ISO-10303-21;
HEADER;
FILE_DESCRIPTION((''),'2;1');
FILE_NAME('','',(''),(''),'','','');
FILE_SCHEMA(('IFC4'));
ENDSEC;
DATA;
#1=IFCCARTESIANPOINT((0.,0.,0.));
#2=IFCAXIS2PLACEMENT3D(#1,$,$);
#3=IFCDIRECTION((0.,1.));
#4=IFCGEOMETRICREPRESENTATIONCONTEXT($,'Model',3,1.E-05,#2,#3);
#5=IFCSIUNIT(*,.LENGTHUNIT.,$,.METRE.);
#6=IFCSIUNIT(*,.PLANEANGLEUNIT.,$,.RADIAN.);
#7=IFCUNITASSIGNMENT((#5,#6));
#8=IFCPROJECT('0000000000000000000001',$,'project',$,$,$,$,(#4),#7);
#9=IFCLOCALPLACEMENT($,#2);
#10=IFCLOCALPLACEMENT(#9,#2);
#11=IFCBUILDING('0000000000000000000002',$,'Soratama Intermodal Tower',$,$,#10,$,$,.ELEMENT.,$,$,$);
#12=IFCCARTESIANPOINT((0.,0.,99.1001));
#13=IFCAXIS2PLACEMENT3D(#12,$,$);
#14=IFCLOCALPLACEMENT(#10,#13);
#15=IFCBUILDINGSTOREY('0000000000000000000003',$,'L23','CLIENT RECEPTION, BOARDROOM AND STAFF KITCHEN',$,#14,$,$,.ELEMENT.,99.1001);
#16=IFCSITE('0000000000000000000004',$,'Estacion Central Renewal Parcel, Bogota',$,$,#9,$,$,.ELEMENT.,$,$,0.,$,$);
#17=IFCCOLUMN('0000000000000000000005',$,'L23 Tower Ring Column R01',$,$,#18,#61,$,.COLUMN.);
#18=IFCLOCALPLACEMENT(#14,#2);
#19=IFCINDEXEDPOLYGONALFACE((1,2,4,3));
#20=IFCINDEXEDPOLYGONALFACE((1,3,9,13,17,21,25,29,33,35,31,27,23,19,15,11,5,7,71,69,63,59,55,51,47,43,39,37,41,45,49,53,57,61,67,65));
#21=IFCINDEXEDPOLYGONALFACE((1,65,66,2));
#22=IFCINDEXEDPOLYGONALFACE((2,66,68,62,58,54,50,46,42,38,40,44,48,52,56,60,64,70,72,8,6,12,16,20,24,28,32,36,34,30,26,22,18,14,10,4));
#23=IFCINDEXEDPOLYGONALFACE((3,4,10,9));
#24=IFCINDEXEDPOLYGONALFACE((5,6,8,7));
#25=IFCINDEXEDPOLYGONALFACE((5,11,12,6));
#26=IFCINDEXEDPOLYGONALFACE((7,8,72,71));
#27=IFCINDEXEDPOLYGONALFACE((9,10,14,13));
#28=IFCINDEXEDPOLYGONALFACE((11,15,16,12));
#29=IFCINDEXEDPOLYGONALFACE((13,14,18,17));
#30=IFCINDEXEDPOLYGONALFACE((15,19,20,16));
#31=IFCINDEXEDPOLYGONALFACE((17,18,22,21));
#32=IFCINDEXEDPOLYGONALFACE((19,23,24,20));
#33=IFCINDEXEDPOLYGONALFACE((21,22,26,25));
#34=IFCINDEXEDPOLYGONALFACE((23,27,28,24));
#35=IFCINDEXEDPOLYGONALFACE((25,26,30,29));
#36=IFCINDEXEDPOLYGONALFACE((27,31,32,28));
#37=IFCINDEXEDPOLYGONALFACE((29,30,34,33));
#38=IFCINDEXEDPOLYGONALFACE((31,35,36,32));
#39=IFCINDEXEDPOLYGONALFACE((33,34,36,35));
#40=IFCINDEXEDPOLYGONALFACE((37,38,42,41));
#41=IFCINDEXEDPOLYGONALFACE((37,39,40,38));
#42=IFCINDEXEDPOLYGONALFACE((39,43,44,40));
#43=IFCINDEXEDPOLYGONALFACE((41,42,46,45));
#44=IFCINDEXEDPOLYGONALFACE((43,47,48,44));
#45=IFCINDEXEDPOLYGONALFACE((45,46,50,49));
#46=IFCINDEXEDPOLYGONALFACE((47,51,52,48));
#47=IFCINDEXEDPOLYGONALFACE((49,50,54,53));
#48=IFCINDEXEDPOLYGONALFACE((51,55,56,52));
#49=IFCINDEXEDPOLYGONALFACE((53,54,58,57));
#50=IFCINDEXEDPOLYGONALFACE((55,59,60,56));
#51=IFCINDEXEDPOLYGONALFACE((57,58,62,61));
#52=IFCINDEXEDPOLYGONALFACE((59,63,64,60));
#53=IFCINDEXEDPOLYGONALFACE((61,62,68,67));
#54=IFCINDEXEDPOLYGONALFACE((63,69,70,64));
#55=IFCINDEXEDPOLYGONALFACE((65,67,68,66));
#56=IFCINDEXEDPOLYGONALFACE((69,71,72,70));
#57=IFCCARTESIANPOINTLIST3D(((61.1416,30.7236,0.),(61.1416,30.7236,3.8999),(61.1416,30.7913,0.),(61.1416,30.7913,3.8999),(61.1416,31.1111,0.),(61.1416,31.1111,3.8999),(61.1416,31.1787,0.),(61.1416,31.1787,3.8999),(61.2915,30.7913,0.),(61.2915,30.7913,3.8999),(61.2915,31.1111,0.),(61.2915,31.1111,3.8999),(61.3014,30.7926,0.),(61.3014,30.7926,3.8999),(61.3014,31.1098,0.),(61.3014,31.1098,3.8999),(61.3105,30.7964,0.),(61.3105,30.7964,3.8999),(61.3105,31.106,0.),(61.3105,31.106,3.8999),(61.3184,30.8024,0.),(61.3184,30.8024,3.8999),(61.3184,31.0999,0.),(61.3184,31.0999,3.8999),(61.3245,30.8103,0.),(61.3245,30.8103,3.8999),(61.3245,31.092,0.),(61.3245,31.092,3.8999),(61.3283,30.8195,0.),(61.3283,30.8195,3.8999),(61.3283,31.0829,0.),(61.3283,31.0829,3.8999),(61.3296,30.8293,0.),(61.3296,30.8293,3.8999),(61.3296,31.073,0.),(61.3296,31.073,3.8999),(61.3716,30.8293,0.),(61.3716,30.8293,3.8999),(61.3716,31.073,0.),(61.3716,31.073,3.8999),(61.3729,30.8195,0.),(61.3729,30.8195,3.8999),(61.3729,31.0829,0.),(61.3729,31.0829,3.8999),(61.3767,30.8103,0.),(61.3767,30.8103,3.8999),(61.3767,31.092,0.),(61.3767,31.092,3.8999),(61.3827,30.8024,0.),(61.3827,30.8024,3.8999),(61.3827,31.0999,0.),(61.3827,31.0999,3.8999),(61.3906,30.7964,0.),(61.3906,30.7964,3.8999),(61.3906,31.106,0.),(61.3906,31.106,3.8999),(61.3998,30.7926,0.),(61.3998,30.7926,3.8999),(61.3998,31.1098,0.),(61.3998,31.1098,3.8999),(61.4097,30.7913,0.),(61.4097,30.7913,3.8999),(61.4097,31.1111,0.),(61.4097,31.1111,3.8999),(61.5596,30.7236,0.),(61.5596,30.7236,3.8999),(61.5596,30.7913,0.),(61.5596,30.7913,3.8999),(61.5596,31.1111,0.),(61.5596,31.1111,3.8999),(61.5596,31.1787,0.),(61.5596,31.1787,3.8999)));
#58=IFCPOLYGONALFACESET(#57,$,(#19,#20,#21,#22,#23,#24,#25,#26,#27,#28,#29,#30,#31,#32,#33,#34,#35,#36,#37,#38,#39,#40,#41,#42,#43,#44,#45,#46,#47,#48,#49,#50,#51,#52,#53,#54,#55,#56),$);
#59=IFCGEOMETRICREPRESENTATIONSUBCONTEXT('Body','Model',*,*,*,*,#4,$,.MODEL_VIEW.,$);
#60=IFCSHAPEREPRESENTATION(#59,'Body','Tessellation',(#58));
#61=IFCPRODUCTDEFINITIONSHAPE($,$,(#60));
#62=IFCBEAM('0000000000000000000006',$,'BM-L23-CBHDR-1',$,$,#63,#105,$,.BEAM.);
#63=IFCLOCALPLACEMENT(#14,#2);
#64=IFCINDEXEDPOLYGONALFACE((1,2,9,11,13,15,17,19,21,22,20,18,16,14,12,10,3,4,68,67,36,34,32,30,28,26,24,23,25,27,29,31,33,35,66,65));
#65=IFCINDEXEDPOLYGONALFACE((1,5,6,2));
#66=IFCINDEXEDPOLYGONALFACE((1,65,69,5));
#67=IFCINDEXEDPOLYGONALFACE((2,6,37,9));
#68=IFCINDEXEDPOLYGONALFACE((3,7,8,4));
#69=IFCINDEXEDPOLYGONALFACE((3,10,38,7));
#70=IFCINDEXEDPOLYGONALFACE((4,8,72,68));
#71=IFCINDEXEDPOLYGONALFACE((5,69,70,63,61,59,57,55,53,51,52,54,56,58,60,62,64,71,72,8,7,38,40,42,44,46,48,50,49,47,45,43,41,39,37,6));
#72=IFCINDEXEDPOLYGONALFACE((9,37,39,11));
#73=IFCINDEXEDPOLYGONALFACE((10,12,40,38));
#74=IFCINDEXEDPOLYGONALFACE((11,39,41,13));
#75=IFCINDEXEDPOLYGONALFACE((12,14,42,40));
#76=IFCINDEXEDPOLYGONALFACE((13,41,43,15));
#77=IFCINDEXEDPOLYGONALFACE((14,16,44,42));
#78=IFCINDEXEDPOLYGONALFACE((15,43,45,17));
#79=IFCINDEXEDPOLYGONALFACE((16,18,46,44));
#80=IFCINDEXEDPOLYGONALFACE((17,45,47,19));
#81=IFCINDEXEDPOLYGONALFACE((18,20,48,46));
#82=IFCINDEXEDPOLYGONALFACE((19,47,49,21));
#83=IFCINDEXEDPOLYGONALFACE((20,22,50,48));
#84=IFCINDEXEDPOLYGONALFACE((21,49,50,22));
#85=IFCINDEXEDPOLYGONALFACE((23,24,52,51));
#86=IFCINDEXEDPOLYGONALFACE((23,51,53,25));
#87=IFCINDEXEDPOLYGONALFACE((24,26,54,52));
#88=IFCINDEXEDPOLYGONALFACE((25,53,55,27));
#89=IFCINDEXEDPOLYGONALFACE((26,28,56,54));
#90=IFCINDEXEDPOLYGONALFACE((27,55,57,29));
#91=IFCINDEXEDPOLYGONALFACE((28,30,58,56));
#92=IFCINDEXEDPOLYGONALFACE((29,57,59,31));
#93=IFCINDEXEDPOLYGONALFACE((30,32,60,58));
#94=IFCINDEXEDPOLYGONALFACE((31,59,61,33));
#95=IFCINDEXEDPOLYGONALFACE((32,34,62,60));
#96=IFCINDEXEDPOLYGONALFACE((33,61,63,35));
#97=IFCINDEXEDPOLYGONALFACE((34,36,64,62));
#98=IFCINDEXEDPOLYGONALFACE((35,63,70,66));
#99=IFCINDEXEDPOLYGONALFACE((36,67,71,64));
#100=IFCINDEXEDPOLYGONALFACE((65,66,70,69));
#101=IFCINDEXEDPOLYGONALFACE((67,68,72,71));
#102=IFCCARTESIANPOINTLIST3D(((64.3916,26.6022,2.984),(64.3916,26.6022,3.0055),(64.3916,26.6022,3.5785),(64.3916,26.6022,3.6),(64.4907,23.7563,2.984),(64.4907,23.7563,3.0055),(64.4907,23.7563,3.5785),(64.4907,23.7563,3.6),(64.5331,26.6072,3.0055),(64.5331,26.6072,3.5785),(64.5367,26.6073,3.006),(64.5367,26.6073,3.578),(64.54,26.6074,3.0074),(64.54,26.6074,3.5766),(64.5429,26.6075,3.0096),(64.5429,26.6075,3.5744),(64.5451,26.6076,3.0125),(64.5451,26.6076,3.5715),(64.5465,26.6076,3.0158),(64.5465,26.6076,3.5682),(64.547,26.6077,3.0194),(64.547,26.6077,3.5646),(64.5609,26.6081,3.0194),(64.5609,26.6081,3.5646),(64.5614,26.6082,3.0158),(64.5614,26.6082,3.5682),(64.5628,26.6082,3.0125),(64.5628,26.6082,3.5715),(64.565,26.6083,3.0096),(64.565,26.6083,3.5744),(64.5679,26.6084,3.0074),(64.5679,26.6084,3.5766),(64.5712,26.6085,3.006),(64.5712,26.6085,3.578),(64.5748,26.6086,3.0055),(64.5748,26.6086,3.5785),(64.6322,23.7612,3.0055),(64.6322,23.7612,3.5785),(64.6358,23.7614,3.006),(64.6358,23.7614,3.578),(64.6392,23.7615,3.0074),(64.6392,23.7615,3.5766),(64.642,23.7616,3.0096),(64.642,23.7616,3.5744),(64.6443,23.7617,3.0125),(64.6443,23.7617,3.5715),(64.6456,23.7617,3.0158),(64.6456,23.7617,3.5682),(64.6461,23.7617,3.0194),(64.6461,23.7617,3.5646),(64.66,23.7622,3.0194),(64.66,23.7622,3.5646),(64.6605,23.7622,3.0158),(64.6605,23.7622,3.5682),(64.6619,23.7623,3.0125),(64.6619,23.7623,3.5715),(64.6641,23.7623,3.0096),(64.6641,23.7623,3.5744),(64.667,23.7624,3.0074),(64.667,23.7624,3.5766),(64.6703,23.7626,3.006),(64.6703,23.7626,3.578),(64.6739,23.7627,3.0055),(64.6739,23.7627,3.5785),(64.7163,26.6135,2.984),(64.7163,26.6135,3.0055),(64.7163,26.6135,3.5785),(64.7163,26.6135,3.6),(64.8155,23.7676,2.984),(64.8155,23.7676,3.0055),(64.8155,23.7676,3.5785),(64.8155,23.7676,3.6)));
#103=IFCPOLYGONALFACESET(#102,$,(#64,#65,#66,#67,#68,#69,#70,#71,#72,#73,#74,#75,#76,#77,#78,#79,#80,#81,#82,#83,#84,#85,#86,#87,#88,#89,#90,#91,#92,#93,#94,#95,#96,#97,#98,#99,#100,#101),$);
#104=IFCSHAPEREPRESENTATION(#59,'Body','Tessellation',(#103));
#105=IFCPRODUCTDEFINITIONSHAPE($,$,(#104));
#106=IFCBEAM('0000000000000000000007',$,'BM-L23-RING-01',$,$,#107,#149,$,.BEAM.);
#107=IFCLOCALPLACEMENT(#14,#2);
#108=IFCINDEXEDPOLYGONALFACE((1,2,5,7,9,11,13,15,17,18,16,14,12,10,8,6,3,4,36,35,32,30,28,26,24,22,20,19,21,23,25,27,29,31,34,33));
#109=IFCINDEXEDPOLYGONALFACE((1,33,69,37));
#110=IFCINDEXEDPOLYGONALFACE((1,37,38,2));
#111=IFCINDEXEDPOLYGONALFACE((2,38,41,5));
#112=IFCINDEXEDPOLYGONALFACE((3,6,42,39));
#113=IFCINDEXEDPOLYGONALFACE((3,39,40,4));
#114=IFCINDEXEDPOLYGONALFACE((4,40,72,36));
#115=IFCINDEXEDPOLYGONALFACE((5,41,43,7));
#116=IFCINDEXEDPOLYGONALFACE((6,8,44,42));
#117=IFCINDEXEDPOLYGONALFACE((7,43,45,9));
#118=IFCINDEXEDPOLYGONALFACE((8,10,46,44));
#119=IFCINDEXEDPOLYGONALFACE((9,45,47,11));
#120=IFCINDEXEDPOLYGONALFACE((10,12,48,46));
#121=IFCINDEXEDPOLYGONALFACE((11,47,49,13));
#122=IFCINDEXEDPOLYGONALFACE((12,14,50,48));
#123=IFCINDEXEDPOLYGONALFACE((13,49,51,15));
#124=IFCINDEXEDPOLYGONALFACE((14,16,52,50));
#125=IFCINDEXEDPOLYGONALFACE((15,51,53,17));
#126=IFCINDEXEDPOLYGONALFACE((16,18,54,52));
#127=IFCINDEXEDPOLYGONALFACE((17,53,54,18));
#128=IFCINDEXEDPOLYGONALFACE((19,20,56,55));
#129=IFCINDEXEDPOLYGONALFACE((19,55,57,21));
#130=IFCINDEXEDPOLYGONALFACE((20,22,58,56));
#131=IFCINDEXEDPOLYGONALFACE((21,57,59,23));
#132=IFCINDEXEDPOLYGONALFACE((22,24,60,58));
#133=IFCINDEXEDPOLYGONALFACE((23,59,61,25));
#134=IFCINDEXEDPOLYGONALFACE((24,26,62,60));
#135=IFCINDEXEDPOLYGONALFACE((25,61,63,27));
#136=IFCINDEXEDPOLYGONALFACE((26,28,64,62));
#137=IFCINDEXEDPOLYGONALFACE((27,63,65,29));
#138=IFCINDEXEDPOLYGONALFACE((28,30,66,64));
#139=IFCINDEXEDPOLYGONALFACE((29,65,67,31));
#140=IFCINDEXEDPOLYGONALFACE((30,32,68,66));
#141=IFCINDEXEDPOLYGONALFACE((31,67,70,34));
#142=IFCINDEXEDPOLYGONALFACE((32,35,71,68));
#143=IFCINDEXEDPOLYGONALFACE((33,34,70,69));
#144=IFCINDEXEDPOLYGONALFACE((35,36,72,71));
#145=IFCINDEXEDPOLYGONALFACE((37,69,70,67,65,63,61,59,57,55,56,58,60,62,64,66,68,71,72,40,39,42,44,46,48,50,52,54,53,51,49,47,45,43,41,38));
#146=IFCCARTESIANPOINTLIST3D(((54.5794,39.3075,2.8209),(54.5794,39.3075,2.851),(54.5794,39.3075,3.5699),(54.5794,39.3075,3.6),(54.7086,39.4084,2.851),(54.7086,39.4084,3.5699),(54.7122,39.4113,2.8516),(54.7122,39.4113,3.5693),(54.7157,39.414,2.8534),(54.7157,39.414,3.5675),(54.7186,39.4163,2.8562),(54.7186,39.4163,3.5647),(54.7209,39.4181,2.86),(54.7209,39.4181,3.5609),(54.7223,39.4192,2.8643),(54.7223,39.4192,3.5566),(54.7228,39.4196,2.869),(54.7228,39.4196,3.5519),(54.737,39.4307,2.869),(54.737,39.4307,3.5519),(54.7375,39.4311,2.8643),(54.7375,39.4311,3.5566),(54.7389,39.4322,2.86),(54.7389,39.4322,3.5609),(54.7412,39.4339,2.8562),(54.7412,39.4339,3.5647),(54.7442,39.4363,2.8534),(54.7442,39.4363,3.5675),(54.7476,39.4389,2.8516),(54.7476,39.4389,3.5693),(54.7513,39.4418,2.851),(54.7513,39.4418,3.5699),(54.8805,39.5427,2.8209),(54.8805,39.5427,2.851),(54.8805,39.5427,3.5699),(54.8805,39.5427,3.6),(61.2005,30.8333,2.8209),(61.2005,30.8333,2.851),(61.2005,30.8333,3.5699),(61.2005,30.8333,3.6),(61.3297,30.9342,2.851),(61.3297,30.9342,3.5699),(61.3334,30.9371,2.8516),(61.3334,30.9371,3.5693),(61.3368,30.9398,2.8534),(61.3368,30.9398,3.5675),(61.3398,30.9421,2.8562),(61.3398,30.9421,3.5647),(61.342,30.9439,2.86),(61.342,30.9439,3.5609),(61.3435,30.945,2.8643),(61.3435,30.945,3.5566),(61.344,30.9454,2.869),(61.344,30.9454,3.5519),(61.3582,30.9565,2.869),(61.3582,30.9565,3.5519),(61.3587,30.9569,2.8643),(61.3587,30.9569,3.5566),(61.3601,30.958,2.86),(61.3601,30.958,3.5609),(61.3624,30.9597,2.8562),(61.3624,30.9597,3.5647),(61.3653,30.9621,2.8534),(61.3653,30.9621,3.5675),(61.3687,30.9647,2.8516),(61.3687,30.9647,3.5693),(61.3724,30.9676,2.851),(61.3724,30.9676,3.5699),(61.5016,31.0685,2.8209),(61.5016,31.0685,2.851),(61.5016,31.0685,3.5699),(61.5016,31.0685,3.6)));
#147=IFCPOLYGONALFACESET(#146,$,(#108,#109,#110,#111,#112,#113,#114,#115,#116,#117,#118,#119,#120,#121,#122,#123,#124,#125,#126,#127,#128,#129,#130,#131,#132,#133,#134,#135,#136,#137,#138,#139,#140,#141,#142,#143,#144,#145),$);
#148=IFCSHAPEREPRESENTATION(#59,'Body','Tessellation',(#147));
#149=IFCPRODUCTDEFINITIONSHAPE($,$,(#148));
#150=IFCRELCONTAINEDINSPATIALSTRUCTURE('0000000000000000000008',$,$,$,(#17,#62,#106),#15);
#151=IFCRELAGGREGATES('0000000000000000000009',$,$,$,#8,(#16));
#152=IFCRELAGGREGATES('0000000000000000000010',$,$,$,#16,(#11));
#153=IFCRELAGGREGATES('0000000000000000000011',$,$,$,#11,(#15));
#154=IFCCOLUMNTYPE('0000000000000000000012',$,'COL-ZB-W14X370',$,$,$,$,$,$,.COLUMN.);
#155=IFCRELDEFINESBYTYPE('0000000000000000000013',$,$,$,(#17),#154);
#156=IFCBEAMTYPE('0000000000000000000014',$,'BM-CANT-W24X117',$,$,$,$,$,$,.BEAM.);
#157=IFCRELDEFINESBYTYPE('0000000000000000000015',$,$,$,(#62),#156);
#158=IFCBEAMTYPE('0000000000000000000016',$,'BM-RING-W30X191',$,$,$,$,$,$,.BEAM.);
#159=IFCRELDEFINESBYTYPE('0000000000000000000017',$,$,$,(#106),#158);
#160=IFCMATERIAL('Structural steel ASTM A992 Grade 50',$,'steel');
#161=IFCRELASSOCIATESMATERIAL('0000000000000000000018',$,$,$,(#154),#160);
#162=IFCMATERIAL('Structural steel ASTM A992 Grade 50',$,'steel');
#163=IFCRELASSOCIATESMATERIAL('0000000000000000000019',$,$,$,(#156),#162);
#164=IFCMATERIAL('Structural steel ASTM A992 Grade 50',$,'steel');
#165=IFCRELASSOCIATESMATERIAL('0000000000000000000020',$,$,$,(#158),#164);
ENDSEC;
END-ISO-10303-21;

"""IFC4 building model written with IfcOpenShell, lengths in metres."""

from ifc_helpers import new_model, si_unit, direction, frame, origin, origin_2d, place, context, subcontext, project, spatial, i_section, extrude, material, material_profile, profile_set, type_object, element, save


model = new_model("IFC4")

# Units and contexts
model_context = context("Model", 3, precision=1e-05, world=origin(), true_north=direction((0.0, 1.0)))
body_context = subcontext(model_context, "Body", "Model", "MODEL_VIEW")
ifc_project = project(units=[si_unit("LENGTHUNIT", "METRE"), si_unit("PLANEANGLEUNIT", "RADIAN")], contexts=[model_context])

# Site, building, storey
site_placement = place(None, origin())
site = spatial("IfcSite", under=ifc_project, at=site_placement, Name="Estacion Central Renewal Parcel, Bogota", CompositionType="ELEMENT", RefElevation=0.0)
building_placement = place(site_placement, origin())
building = spatial("IfcBuilding", under=site, at=building_placement, Name="Soratama Intermodal Tower", CompositionType="ELEMENT")
storey_placement = place(building_placement, frame((0.0, 0.0, 99.1001)))
storey = spatial("IfcBuildingStorey", under=building, at=storey_placement, Name="L23", Description="CLIENT RECEPTION, BOARDROOM AND STAFF KITCHEN", CompositionType="ELEMENT", Elevation=99.1001)

# Column
ifc_material_1 = material(Name="Structural steel ASTM A992 Grade 50", Category="steel")
ifc_material_profile_1 = material_profile(ifc_material_1, i_section(OverallWidth=0.418, OverallDepth=0.4551, WebThickness=0.042, FlangeThickness=0.0676, FilletRadius=0.0381, at=origin_2d()), Name="W14X370")
ifc_profile_set_1 = profile_set([ifc_material_profile_1], Name="Structural steel ASTM A992 Grade 50")
column_type = type_object("IfcColumnType", Name="COL-ZB-W14X370", PredefinedType="COLUMN", material=ifc_profile_set_1)
column_placement = place(storey_placement, frame((61.3506, 30.9512, 0.0), z_axis=(0.0, 0.0, 1.0), x_axis=(1.0, 0.0, 0.0)))
element("IfcColumn", 1, at=column_placement, inside=storey, type_object=column_type, Name="L23 Tower Ring Column R01", PredefinedType="COLUMN", context=body_context, shape_type="SweptSolid", body=[
    extrude(i_section(OverallWidth=0.418, OverallDepth=0.4551, WebThickness=0.042, FlangeThickness=0.0676, FilletRadius=0.0381, at=origin_2d()), origin(), (0.0, 0.0, 1.0), 3.8999),
])

# Beams
ifc_material_2 = material(Name="Structural steel ASTM A992 Grade 50", Category="steel")
ifc_material_profile_2 = material_profile(ifc_material_2, i_section(OverallWidth=0.325, OverallDepth=0.616, WebThickness=0.0139, FlangeThickness=0.0215, FilletRadius=0.0139, at=origin_2d()), Name="W24X117")
ifc_profile_set_2 = profile_set([ifc_material_profile_2], Name="Structural steel ASTM A992 Grade 50")
beam_type_1 = type_object("IfcBeamType", Name="BM-CANT-W24X117", PredefinedType="BEAM", material=ifc_profile_set_2)
beam_1_placement = place(storey_placement, frame((64.6531, 23.762, 3.292), z_axis=(-0.034808, 0.999394, 0.0), x_axis=(-0.999394, -0.034808, 0.0)))
element("IfcBeam", 2, at=beam_1_placement, inside=storey, type_object=beam_type_1, Name="BM-L23-CBHDR-1", PredefinedType="BEAM", context=body_context, shape_type="SweptSolid", body=[
    extrude(i_section(OverallWidth=0.325, OverallDepth=0.616, WebThickness=0.0139, FlangeThickness=0.0215, FilletRadius=0.0139, at=origin_2d()), origin(), (0.0, 0.0, 1.0), 2.8477),
])
ifc_material_3 = material(Name="Structural steel ASTM A992 Grade 50", Category="steel")
ifc_material_profile_3 = material_profile(ifc_material_3, i_section(OverallWidth=0.3821, OverallDepth=0.7791, WebThickness=0.0181, FlangeThickness=0.03, FilletRadius=0.0181, at=origin_2d()), Name="W30X191")
ifc_profile_set_3 = profile_set([ifc_material_profile_3], Name="Structural steel ASTM A992 Grade 50")
beam_type_2 = type_object("IfcBeamType", Name="BM-RING-W30X191", PredefinedType="BEAM", material=ifc_profile_set_3)
beam_2_placement = place(storey_placement, frame((61.3511, 30.9509, 3.2104), z_axis=(-0.615684, 0.787993, 0.0), x_axis=(-0.787993, -0.615684, 0.0)))
element("IfcBeam", 3, at=beam_2_placement, inside=storey, type_object=beam_type_2, Name="BM-L23-RING-01", PredefinedType="BEAM", context=body_context, shape_type="SweptSolid", body=[
    extrude(i_section(OverallWidth=0.3821, OverallDepth=0.7791, WebThickness=0.0181, FlangeThickness=0.03, FilletRadius=0.0181, at=origin_2d()), origin(), (0.0, 0.0, 1.0), 10.7542),
])

save(model, "model.ifc")
